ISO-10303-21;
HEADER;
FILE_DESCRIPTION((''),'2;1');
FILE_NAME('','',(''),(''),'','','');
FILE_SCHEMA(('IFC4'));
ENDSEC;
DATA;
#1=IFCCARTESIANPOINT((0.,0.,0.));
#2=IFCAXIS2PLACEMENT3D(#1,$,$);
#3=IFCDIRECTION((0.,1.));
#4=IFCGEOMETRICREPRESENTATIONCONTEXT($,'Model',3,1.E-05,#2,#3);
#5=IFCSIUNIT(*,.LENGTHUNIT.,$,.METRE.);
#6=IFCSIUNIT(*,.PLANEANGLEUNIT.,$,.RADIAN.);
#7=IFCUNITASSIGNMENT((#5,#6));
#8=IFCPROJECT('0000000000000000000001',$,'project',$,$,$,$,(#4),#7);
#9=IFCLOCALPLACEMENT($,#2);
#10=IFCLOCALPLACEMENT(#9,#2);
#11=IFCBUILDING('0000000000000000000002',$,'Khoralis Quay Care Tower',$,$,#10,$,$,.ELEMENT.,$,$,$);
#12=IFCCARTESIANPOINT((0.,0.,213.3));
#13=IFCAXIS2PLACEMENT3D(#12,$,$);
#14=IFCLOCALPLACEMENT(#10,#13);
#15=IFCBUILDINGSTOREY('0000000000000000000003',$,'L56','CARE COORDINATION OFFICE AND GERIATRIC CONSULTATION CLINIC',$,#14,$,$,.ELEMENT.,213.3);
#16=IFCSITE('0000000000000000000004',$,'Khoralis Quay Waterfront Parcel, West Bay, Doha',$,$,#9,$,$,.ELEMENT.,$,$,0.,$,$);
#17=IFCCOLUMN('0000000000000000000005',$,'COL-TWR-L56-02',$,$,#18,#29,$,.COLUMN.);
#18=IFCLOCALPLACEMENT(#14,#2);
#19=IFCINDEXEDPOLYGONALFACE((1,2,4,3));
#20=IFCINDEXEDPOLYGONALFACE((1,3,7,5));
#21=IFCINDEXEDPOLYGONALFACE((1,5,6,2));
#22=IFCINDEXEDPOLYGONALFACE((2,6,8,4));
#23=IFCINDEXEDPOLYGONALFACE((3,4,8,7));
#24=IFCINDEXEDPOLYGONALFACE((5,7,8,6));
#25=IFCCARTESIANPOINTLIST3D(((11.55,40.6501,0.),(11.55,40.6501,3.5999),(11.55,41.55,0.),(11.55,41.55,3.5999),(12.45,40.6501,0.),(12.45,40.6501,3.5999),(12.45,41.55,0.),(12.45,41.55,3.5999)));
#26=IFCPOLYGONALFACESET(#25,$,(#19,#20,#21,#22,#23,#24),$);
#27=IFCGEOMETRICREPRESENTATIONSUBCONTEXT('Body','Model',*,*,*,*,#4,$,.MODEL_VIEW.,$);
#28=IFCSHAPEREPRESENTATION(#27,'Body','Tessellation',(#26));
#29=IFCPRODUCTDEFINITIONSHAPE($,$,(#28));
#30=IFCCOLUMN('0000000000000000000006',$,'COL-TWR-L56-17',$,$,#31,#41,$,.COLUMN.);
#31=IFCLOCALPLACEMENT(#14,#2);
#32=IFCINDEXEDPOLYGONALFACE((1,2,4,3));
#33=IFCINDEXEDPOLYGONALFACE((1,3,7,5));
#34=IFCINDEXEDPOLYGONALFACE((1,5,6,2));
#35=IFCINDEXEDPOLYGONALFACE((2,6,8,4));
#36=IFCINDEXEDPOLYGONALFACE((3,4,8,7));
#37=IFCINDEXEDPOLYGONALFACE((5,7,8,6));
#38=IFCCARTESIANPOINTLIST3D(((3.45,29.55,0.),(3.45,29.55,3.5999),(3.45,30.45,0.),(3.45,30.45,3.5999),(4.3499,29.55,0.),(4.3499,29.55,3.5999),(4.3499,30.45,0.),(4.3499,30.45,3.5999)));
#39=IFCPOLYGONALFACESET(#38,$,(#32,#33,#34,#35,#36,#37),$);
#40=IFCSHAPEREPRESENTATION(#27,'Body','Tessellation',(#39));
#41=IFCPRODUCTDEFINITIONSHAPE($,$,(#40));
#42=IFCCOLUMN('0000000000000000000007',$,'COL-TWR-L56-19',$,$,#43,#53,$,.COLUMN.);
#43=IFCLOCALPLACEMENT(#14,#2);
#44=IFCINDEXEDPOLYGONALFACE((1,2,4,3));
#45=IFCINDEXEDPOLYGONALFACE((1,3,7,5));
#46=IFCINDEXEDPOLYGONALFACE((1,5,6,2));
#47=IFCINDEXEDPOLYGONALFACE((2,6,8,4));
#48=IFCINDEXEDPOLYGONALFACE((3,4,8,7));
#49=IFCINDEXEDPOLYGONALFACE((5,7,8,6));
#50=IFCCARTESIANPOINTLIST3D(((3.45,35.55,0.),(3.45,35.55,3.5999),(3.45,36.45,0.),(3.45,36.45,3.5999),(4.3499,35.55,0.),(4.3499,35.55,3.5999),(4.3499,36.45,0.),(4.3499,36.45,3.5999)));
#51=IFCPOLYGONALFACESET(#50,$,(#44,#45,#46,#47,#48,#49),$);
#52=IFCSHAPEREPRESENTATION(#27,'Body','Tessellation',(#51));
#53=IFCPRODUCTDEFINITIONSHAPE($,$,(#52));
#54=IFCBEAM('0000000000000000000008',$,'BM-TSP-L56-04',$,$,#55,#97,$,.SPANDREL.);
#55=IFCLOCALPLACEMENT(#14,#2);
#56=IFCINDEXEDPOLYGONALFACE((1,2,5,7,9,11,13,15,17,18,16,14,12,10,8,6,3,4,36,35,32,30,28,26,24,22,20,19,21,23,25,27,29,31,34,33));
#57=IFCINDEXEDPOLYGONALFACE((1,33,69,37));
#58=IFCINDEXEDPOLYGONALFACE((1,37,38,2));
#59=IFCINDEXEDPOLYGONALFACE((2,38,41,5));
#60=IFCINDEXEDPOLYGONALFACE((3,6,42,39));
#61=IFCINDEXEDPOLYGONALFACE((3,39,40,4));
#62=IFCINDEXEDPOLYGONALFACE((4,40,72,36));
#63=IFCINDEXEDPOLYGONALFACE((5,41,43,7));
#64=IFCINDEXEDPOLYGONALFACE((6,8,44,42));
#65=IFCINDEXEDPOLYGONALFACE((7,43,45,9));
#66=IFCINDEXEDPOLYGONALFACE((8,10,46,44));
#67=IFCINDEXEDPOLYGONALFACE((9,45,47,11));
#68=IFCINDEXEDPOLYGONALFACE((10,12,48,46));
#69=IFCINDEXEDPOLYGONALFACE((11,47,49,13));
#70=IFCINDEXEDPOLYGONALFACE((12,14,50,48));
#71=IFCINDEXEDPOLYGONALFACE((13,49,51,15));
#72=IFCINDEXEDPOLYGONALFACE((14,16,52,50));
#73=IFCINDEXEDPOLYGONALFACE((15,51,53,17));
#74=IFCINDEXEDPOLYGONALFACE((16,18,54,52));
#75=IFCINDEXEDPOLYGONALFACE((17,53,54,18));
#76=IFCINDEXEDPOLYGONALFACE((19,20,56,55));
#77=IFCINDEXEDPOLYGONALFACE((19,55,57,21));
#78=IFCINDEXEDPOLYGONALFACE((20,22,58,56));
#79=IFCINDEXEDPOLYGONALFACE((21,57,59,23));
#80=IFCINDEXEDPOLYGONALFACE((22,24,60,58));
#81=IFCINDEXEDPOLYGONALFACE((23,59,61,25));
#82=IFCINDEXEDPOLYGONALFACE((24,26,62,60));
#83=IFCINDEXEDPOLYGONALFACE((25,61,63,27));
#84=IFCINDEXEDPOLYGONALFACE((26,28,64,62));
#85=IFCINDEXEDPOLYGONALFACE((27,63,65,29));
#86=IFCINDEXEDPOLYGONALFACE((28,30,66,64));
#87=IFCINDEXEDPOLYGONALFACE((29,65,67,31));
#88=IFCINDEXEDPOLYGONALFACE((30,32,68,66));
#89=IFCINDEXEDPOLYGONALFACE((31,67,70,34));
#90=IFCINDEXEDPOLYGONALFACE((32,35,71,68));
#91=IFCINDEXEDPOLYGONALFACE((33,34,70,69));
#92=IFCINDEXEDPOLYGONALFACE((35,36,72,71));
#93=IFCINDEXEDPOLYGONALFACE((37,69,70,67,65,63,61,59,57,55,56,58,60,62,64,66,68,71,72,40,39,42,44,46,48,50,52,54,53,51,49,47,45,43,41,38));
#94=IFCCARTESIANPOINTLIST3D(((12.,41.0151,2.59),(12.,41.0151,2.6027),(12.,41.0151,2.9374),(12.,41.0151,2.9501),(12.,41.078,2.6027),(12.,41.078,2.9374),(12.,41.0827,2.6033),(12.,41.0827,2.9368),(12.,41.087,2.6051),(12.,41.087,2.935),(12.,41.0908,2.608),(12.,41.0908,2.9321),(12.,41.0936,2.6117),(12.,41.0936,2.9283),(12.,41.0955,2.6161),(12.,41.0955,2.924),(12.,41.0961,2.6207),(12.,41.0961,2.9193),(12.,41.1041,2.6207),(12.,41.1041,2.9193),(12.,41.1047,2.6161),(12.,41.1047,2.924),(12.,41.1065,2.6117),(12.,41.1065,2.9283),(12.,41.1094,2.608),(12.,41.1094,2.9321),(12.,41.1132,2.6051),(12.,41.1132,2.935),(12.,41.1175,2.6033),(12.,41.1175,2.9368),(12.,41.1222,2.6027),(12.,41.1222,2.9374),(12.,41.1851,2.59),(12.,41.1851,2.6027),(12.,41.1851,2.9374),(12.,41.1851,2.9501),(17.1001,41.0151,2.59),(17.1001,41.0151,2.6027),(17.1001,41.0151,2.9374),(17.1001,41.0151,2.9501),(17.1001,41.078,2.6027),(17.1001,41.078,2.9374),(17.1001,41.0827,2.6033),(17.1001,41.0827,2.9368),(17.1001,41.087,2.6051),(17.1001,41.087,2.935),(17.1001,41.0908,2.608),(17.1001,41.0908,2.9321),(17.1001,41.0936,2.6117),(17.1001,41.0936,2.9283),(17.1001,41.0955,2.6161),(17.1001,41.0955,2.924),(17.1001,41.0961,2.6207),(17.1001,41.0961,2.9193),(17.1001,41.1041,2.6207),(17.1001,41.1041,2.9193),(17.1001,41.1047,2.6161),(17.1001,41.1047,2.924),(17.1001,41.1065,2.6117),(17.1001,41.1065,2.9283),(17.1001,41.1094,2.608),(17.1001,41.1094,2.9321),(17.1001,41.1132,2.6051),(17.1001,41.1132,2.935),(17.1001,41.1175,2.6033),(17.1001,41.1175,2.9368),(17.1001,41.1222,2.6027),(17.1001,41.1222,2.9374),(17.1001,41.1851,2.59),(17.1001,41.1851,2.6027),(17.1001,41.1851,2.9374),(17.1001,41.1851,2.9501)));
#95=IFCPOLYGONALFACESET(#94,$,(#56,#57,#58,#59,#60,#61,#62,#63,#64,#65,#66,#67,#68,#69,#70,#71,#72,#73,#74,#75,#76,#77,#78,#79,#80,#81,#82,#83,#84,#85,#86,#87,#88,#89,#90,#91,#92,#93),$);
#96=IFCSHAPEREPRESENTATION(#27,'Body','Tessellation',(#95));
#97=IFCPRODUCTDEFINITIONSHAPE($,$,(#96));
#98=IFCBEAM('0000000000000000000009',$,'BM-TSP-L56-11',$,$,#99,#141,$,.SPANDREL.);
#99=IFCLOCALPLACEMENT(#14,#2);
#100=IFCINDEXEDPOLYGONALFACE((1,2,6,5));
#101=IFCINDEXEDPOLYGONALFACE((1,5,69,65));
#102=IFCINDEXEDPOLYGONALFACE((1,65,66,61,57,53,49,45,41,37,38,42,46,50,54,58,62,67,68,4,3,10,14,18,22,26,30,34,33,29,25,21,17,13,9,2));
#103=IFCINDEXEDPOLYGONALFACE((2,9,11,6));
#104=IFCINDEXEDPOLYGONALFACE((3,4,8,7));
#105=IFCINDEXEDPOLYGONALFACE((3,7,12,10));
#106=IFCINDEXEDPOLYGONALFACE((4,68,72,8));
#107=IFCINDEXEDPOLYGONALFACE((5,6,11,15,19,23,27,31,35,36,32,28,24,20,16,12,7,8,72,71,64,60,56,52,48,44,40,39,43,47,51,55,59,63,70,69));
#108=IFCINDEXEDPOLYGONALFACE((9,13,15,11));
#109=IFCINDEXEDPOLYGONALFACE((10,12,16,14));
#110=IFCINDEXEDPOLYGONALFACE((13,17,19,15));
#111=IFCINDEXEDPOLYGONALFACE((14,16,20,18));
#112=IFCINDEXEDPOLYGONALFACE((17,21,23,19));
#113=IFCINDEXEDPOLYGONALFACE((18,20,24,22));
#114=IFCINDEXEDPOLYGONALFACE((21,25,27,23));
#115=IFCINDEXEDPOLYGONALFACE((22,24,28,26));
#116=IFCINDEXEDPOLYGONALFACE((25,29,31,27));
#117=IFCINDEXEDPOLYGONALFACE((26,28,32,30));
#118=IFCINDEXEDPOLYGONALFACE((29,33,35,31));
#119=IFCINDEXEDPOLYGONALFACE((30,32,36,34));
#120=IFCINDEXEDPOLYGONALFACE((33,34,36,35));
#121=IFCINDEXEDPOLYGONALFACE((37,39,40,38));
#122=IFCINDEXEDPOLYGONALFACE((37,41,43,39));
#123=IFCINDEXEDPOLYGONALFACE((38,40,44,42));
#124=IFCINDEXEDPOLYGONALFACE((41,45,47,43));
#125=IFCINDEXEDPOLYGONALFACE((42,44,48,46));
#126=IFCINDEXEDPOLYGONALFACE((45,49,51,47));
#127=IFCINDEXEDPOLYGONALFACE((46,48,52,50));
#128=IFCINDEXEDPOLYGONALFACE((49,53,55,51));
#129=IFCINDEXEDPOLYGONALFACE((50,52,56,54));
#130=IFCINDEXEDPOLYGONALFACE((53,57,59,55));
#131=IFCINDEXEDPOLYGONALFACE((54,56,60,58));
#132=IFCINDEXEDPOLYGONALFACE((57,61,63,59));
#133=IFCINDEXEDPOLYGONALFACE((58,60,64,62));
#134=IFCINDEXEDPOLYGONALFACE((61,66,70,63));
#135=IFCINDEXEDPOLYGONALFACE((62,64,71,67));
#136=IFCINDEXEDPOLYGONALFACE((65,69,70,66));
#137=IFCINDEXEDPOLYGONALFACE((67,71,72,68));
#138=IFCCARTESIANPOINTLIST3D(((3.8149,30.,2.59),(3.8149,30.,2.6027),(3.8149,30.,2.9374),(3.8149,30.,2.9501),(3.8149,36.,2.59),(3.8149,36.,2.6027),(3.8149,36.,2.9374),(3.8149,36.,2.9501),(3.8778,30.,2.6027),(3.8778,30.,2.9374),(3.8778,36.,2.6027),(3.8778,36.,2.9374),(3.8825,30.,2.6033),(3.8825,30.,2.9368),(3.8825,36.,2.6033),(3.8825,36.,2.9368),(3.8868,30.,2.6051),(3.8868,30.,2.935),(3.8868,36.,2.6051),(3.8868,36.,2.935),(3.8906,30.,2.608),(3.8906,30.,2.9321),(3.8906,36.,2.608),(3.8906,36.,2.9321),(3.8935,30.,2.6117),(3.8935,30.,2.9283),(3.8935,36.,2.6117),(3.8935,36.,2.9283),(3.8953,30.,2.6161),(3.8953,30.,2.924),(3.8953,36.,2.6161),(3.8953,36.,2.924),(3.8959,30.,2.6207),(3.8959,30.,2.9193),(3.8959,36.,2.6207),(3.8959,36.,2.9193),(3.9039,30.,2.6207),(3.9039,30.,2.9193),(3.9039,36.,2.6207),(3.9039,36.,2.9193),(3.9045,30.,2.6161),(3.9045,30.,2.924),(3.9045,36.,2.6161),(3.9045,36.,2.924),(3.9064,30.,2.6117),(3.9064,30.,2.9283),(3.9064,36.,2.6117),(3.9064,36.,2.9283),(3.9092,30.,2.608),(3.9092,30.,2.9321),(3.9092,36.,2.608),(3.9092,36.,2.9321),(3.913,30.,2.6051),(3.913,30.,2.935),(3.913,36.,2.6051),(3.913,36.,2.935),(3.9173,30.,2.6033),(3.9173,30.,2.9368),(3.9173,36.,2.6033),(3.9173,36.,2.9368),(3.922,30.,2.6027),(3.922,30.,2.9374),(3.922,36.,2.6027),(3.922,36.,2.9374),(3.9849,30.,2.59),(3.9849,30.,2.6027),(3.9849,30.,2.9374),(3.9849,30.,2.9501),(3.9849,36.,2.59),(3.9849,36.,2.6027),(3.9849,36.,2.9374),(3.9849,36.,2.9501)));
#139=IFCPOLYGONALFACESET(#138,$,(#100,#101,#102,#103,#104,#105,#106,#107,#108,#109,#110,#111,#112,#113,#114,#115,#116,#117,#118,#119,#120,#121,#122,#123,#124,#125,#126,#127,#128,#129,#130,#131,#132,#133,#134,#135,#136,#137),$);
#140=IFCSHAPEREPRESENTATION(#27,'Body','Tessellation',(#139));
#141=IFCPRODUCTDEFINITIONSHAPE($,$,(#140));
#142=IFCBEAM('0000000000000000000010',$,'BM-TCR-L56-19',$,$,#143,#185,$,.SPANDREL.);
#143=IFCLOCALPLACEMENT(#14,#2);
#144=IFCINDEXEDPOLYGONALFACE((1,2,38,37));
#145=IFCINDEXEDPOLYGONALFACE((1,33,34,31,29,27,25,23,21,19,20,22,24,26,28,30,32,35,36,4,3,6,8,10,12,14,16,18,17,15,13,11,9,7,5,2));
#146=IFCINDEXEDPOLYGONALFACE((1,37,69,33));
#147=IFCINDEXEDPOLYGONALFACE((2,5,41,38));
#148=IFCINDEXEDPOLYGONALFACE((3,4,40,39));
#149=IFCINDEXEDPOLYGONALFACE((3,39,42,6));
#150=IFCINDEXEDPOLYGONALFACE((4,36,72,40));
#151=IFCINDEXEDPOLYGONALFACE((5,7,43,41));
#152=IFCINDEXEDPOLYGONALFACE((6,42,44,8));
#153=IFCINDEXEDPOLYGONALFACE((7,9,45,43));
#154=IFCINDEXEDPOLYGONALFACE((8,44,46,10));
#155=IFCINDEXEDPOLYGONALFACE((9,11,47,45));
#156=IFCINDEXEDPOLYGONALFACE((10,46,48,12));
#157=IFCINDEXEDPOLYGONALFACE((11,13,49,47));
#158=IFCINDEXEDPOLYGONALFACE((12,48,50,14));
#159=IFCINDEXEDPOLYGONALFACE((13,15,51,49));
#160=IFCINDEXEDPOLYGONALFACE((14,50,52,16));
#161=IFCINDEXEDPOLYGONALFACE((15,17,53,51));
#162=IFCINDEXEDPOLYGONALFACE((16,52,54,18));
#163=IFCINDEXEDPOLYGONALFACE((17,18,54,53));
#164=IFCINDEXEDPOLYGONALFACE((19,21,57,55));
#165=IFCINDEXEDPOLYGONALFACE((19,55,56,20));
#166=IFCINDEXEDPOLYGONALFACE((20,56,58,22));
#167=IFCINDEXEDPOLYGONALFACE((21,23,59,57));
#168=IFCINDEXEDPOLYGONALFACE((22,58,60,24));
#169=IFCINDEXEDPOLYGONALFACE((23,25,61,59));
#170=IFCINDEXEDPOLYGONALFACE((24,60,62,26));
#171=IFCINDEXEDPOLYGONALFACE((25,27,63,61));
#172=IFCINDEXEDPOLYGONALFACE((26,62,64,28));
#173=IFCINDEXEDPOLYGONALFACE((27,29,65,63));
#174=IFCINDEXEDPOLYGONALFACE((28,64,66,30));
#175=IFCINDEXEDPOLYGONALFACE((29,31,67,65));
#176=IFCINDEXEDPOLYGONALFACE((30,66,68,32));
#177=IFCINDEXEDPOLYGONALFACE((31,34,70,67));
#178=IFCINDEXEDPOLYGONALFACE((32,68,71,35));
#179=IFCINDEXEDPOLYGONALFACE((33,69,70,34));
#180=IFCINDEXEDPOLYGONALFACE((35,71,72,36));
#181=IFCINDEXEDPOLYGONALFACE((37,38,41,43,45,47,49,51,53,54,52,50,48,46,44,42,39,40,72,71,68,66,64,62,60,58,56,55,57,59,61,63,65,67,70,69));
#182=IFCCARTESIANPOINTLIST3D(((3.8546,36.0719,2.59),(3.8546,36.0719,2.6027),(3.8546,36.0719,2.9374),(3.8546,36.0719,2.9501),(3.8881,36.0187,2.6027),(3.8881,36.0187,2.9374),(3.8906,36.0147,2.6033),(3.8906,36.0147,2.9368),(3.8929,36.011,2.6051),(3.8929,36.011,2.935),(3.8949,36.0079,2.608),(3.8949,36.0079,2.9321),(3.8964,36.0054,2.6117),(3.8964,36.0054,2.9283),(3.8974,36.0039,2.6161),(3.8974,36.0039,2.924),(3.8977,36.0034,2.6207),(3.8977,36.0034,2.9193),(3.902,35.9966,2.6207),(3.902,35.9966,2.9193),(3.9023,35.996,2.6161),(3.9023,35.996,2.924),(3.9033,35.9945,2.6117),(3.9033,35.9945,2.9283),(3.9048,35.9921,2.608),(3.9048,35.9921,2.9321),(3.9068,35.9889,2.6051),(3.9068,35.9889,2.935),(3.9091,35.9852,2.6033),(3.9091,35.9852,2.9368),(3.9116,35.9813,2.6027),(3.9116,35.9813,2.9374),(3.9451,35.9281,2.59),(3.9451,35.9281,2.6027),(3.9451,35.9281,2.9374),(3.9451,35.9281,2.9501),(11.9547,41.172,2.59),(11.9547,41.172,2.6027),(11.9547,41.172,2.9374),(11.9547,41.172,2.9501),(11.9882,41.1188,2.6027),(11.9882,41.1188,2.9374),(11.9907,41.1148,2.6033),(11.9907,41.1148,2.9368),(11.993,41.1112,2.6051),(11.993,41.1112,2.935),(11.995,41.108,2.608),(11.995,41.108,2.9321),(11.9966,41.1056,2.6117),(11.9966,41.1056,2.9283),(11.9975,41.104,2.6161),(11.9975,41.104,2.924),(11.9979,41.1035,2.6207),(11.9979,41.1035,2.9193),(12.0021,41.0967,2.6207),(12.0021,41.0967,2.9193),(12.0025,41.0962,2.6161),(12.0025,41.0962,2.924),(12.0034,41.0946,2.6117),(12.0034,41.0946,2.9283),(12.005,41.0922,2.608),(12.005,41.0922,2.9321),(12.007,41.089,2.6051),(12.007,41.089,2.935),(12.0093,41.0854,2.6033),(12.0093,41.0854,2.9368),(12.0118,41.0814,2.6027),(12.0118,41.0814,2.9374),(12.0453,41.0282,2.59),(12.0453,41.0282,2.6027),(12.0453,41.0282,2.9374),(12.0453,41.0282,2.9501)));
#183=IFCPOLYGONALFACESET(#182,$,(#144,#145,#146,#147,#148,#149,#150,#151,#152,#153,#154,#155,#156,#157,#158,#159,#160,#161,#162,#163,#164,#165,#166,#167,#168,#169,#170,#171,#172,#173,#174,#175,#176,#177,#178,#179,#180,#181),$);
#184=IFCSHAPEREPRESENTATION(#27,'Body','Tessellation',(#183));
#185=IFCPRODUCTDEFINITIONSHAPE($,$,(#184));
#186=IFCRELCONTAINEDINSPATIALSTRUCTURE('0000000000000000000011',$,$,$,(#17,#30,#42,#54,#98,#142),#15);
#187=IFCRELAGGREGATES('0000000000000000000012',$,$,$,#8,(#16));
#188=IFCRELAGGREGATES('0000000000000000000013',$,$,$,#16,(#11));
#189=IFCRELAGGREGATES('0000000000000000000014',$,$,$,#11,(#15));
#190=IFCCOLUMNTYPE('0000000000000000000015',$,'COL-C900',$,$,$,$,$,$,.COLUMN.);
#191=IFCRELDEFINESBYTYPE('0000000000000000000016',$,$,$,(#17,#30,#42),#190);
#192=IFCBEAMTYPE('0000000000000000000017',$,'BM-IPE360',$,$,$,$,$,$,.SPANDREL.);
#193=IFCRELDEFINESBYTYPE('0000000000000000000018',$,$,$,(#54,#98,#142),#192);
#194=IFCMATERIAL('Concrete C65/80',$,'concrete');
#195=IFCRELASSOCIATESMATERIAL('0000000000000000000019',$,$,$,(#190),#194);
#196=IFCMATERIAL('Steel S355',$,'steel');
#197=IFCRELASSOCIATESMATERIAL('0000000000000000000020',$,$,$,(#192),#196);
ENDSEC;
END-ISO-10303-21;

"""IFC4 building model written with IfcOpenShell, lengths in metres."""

from ifc_helpers import new_model, si_unit, direction, frame, origin, origin_2d, place, context, subcontext, project, spatial, rectangle, i_section, extrude, source, transform, mapped, material, material_profile, profile_set, type_object, element, save


model = new_model("IFC4")

# Units and contexts
model_context = context("Model", 3, precision=1e-05, world=origin(), true_north=direction((0.0, 1.0)))
body_context = subcontext(model_context, "Body", "Model", "MODEL_VIEW")
ifc_project = project(units=[si_unit("LENGTHUNIT", "METRE"), si_unit("PLANEANGLEUNIT", "RADIAN")], contexts=[model_context])

# Site, building, storey
site_placement = place(None, origin())
site = spatial("IfcSite", under=ifc_project, at=site_placement, Name="Khoralis Quay Waterfront Parcel, West Bay, Doha", CompositionType="ELEMENT", RefElevation=0.0)
building_placement = place(site_placement, origin())
building = spatial("IfcBuilding", under=site, at=building_placement, Name="Khoralis Quay Care Tower", CompositionType="ELEMENT")
storey_placement = place(building_placement, frame((0.0, 0.0, 213.3)))
storey = spatial("IfcBuildingStorey", under=building, at=storey_placement, Name="L56", Description="CARE COORDINATION OFFICE AND GERIATRIC CONSULTATION CLINIC", CompositionType="ELEMENT", Elevation=213.3)

# Columns
ifc_material_1 = material(Name="Concrete C65/80", Category="concrete")
ifc_material_profile_1 = material_profile(ifc_material_1, rectangle(XDim=0.8999, YDim=0.8999, at=origin_2d()), Name="Concrete C65/80")
ifc_profile_set_1 = profile_set([ifc_material_profile_1], Name="Concrete C65/80")
column_type = type_object("IfcColumnType", Name="COL-C900", PredefinedType="COLUMN", material=ifc_profile_set_1)
shared_shape_1 = source(origin(), body_context, "Body", "SweptSolid", [
    extrude(rectangle(XDim=0.8999, YDim=0.8999, at=origin_2d()), origin(), (0.0, 0.0, 1.0), 3.5999),
])
for number, where, z_axis, x_axis, name in (
    (1, (12.0, 41.1001, 0.0), (0.0, 0.0, 1.0), (1.0, 0.0, 0.0), "COL-TWR-L56-02"),
    (2, (3.8999, 30.0, 0.0), (0.0, 0.0, 1.0), (1.0, 0.0, 0.0), "COL-TWR-L56-17"),
    (3, (3.8999, 36.0, 0.0), (0.0, 0.0, 1.0), (1.0, 0.0, 0.0), "COL-TWR-L56-19"),
):
    element("IfcColumn", number, at=place(storey_placement, frame(where, z_axis=z_axis, x_axis=x_axis)), inside=storey, type_object=column_type, Name=name, PredefinedType="COLUMN", context=body_context, shape_type="MappedRepresentation", body=[
        mapped(shared_shape_1, transform((0.0, 0.0, 0.0), scale=1.0)),
    ])

# Beams
ifc_material_2 = material(Name="Steel S355", Category="steel")
ifc_material_profile_2 = material_profile(ifc_material_2, i_section(OverallWidth=0.1699, OverallDepth=0.3601, WebThickness=0.0081, FlangeThickness=0.0127, FilletRadius=0.0181, at=origin_2d()), Name="Steel S355")
ifc_profile_set_2 = profile_set([ifc_material_profile_2], Name="Steel S355")
beam_type_1 = type_object("IfcBeamType", Name="BM-IPE360", PredefinedType="SPANDREL", material=ifc_profile_set_2)
shared_shape_2 = source(origin(), body_context, "Body", "SweptSolid", [
    extrude(i_section(OverallWidth=0.1699, OverallDepth=0.3601, WebThickness=0.0081, FlangeThickness=0.0127, FilletRadius=0.0181, at=origin_2d()), origin(), (0.0, 0.0, 1.0), 5.1001),
])
beam_1_placement = place(storey_placement, frame((12.0, 41.1001, 2.77), z_axis=(1.0, 0.0, 0.0), x_axis=(0.0, 1.0, 0.0)))
element("IfcBeam", 4, at=beam_1_placement, inside=storey, type_object=beam_type_1, Name="BM-TSP-L56-04", PredefinedType="SPANDREL", context=body_context, shape_type="MappedRepresentation", body=[
    mapped(shared_shape_2, transform((0.0, 0.0, 0.0), scale=1.0)),
])
shared_shape_3 = source(origin(), body_context, "Body", "SweptSolid", [
    extrude(i_section(OverallWidth=0.1699, OverallDepth=0.3601, WebThickness=0.0081, FlangeThickness=0.0127, FilletRadius=0.0181, at=origin_2d()), origin(), (0.0, 0.0, 1.0), 6.0),
])
beam_2_placement = place(storey_placement, frame((3.8999, 30.0, 2.77), z_axis=(0.0, 1.0, 0.0), x_axis=(-1.0, 0.0, 0.0)))
element("IfcBeam", 5, at=beam_2_placement, inside=storey, type_object=beam_type_1, Name="BM-TSP-L56-11", PredefinedType="SPANDREL", context=body_context, shape_type="MappedRepresentation", body=[
    mapped(shared_shape_3, transform((0.0, 0.0, 0.0), scale=1.0)),
])
shared_shape_4 = source(origin(), body_context, "Body", "SweptSolid", [
    extrude(i_section(OverallWidth=0.1699, OverallDepth=0.3601, WebThickness=0.0081, FlangeThickness=0.0127, FilletRadius=0.0181, at=origin_2d()), origin(), (0.0, 0.0, 1.0), 9.572),
])
beam_3_placement = place(storey_placement, frame((12.0, 41.1001, 2.77), z_axis=(-0.846231, -0.532816, 0.0), x_axis=(0.532816, -0.846231, 0.0)))
element("IfcBeam", 6, at=beam_3_placement, inside=storey, type_object=beam_type_1, Name="BM-TCR-L56-19", PredefinedType="SPANDREL", context=body_context, shape_type="MappedRepresentation", body=[
    mapped(shared_shape_4, transform((0.0, 0.0, 0.0), scale=1.0)),
])

save(model, "model.ifc")
